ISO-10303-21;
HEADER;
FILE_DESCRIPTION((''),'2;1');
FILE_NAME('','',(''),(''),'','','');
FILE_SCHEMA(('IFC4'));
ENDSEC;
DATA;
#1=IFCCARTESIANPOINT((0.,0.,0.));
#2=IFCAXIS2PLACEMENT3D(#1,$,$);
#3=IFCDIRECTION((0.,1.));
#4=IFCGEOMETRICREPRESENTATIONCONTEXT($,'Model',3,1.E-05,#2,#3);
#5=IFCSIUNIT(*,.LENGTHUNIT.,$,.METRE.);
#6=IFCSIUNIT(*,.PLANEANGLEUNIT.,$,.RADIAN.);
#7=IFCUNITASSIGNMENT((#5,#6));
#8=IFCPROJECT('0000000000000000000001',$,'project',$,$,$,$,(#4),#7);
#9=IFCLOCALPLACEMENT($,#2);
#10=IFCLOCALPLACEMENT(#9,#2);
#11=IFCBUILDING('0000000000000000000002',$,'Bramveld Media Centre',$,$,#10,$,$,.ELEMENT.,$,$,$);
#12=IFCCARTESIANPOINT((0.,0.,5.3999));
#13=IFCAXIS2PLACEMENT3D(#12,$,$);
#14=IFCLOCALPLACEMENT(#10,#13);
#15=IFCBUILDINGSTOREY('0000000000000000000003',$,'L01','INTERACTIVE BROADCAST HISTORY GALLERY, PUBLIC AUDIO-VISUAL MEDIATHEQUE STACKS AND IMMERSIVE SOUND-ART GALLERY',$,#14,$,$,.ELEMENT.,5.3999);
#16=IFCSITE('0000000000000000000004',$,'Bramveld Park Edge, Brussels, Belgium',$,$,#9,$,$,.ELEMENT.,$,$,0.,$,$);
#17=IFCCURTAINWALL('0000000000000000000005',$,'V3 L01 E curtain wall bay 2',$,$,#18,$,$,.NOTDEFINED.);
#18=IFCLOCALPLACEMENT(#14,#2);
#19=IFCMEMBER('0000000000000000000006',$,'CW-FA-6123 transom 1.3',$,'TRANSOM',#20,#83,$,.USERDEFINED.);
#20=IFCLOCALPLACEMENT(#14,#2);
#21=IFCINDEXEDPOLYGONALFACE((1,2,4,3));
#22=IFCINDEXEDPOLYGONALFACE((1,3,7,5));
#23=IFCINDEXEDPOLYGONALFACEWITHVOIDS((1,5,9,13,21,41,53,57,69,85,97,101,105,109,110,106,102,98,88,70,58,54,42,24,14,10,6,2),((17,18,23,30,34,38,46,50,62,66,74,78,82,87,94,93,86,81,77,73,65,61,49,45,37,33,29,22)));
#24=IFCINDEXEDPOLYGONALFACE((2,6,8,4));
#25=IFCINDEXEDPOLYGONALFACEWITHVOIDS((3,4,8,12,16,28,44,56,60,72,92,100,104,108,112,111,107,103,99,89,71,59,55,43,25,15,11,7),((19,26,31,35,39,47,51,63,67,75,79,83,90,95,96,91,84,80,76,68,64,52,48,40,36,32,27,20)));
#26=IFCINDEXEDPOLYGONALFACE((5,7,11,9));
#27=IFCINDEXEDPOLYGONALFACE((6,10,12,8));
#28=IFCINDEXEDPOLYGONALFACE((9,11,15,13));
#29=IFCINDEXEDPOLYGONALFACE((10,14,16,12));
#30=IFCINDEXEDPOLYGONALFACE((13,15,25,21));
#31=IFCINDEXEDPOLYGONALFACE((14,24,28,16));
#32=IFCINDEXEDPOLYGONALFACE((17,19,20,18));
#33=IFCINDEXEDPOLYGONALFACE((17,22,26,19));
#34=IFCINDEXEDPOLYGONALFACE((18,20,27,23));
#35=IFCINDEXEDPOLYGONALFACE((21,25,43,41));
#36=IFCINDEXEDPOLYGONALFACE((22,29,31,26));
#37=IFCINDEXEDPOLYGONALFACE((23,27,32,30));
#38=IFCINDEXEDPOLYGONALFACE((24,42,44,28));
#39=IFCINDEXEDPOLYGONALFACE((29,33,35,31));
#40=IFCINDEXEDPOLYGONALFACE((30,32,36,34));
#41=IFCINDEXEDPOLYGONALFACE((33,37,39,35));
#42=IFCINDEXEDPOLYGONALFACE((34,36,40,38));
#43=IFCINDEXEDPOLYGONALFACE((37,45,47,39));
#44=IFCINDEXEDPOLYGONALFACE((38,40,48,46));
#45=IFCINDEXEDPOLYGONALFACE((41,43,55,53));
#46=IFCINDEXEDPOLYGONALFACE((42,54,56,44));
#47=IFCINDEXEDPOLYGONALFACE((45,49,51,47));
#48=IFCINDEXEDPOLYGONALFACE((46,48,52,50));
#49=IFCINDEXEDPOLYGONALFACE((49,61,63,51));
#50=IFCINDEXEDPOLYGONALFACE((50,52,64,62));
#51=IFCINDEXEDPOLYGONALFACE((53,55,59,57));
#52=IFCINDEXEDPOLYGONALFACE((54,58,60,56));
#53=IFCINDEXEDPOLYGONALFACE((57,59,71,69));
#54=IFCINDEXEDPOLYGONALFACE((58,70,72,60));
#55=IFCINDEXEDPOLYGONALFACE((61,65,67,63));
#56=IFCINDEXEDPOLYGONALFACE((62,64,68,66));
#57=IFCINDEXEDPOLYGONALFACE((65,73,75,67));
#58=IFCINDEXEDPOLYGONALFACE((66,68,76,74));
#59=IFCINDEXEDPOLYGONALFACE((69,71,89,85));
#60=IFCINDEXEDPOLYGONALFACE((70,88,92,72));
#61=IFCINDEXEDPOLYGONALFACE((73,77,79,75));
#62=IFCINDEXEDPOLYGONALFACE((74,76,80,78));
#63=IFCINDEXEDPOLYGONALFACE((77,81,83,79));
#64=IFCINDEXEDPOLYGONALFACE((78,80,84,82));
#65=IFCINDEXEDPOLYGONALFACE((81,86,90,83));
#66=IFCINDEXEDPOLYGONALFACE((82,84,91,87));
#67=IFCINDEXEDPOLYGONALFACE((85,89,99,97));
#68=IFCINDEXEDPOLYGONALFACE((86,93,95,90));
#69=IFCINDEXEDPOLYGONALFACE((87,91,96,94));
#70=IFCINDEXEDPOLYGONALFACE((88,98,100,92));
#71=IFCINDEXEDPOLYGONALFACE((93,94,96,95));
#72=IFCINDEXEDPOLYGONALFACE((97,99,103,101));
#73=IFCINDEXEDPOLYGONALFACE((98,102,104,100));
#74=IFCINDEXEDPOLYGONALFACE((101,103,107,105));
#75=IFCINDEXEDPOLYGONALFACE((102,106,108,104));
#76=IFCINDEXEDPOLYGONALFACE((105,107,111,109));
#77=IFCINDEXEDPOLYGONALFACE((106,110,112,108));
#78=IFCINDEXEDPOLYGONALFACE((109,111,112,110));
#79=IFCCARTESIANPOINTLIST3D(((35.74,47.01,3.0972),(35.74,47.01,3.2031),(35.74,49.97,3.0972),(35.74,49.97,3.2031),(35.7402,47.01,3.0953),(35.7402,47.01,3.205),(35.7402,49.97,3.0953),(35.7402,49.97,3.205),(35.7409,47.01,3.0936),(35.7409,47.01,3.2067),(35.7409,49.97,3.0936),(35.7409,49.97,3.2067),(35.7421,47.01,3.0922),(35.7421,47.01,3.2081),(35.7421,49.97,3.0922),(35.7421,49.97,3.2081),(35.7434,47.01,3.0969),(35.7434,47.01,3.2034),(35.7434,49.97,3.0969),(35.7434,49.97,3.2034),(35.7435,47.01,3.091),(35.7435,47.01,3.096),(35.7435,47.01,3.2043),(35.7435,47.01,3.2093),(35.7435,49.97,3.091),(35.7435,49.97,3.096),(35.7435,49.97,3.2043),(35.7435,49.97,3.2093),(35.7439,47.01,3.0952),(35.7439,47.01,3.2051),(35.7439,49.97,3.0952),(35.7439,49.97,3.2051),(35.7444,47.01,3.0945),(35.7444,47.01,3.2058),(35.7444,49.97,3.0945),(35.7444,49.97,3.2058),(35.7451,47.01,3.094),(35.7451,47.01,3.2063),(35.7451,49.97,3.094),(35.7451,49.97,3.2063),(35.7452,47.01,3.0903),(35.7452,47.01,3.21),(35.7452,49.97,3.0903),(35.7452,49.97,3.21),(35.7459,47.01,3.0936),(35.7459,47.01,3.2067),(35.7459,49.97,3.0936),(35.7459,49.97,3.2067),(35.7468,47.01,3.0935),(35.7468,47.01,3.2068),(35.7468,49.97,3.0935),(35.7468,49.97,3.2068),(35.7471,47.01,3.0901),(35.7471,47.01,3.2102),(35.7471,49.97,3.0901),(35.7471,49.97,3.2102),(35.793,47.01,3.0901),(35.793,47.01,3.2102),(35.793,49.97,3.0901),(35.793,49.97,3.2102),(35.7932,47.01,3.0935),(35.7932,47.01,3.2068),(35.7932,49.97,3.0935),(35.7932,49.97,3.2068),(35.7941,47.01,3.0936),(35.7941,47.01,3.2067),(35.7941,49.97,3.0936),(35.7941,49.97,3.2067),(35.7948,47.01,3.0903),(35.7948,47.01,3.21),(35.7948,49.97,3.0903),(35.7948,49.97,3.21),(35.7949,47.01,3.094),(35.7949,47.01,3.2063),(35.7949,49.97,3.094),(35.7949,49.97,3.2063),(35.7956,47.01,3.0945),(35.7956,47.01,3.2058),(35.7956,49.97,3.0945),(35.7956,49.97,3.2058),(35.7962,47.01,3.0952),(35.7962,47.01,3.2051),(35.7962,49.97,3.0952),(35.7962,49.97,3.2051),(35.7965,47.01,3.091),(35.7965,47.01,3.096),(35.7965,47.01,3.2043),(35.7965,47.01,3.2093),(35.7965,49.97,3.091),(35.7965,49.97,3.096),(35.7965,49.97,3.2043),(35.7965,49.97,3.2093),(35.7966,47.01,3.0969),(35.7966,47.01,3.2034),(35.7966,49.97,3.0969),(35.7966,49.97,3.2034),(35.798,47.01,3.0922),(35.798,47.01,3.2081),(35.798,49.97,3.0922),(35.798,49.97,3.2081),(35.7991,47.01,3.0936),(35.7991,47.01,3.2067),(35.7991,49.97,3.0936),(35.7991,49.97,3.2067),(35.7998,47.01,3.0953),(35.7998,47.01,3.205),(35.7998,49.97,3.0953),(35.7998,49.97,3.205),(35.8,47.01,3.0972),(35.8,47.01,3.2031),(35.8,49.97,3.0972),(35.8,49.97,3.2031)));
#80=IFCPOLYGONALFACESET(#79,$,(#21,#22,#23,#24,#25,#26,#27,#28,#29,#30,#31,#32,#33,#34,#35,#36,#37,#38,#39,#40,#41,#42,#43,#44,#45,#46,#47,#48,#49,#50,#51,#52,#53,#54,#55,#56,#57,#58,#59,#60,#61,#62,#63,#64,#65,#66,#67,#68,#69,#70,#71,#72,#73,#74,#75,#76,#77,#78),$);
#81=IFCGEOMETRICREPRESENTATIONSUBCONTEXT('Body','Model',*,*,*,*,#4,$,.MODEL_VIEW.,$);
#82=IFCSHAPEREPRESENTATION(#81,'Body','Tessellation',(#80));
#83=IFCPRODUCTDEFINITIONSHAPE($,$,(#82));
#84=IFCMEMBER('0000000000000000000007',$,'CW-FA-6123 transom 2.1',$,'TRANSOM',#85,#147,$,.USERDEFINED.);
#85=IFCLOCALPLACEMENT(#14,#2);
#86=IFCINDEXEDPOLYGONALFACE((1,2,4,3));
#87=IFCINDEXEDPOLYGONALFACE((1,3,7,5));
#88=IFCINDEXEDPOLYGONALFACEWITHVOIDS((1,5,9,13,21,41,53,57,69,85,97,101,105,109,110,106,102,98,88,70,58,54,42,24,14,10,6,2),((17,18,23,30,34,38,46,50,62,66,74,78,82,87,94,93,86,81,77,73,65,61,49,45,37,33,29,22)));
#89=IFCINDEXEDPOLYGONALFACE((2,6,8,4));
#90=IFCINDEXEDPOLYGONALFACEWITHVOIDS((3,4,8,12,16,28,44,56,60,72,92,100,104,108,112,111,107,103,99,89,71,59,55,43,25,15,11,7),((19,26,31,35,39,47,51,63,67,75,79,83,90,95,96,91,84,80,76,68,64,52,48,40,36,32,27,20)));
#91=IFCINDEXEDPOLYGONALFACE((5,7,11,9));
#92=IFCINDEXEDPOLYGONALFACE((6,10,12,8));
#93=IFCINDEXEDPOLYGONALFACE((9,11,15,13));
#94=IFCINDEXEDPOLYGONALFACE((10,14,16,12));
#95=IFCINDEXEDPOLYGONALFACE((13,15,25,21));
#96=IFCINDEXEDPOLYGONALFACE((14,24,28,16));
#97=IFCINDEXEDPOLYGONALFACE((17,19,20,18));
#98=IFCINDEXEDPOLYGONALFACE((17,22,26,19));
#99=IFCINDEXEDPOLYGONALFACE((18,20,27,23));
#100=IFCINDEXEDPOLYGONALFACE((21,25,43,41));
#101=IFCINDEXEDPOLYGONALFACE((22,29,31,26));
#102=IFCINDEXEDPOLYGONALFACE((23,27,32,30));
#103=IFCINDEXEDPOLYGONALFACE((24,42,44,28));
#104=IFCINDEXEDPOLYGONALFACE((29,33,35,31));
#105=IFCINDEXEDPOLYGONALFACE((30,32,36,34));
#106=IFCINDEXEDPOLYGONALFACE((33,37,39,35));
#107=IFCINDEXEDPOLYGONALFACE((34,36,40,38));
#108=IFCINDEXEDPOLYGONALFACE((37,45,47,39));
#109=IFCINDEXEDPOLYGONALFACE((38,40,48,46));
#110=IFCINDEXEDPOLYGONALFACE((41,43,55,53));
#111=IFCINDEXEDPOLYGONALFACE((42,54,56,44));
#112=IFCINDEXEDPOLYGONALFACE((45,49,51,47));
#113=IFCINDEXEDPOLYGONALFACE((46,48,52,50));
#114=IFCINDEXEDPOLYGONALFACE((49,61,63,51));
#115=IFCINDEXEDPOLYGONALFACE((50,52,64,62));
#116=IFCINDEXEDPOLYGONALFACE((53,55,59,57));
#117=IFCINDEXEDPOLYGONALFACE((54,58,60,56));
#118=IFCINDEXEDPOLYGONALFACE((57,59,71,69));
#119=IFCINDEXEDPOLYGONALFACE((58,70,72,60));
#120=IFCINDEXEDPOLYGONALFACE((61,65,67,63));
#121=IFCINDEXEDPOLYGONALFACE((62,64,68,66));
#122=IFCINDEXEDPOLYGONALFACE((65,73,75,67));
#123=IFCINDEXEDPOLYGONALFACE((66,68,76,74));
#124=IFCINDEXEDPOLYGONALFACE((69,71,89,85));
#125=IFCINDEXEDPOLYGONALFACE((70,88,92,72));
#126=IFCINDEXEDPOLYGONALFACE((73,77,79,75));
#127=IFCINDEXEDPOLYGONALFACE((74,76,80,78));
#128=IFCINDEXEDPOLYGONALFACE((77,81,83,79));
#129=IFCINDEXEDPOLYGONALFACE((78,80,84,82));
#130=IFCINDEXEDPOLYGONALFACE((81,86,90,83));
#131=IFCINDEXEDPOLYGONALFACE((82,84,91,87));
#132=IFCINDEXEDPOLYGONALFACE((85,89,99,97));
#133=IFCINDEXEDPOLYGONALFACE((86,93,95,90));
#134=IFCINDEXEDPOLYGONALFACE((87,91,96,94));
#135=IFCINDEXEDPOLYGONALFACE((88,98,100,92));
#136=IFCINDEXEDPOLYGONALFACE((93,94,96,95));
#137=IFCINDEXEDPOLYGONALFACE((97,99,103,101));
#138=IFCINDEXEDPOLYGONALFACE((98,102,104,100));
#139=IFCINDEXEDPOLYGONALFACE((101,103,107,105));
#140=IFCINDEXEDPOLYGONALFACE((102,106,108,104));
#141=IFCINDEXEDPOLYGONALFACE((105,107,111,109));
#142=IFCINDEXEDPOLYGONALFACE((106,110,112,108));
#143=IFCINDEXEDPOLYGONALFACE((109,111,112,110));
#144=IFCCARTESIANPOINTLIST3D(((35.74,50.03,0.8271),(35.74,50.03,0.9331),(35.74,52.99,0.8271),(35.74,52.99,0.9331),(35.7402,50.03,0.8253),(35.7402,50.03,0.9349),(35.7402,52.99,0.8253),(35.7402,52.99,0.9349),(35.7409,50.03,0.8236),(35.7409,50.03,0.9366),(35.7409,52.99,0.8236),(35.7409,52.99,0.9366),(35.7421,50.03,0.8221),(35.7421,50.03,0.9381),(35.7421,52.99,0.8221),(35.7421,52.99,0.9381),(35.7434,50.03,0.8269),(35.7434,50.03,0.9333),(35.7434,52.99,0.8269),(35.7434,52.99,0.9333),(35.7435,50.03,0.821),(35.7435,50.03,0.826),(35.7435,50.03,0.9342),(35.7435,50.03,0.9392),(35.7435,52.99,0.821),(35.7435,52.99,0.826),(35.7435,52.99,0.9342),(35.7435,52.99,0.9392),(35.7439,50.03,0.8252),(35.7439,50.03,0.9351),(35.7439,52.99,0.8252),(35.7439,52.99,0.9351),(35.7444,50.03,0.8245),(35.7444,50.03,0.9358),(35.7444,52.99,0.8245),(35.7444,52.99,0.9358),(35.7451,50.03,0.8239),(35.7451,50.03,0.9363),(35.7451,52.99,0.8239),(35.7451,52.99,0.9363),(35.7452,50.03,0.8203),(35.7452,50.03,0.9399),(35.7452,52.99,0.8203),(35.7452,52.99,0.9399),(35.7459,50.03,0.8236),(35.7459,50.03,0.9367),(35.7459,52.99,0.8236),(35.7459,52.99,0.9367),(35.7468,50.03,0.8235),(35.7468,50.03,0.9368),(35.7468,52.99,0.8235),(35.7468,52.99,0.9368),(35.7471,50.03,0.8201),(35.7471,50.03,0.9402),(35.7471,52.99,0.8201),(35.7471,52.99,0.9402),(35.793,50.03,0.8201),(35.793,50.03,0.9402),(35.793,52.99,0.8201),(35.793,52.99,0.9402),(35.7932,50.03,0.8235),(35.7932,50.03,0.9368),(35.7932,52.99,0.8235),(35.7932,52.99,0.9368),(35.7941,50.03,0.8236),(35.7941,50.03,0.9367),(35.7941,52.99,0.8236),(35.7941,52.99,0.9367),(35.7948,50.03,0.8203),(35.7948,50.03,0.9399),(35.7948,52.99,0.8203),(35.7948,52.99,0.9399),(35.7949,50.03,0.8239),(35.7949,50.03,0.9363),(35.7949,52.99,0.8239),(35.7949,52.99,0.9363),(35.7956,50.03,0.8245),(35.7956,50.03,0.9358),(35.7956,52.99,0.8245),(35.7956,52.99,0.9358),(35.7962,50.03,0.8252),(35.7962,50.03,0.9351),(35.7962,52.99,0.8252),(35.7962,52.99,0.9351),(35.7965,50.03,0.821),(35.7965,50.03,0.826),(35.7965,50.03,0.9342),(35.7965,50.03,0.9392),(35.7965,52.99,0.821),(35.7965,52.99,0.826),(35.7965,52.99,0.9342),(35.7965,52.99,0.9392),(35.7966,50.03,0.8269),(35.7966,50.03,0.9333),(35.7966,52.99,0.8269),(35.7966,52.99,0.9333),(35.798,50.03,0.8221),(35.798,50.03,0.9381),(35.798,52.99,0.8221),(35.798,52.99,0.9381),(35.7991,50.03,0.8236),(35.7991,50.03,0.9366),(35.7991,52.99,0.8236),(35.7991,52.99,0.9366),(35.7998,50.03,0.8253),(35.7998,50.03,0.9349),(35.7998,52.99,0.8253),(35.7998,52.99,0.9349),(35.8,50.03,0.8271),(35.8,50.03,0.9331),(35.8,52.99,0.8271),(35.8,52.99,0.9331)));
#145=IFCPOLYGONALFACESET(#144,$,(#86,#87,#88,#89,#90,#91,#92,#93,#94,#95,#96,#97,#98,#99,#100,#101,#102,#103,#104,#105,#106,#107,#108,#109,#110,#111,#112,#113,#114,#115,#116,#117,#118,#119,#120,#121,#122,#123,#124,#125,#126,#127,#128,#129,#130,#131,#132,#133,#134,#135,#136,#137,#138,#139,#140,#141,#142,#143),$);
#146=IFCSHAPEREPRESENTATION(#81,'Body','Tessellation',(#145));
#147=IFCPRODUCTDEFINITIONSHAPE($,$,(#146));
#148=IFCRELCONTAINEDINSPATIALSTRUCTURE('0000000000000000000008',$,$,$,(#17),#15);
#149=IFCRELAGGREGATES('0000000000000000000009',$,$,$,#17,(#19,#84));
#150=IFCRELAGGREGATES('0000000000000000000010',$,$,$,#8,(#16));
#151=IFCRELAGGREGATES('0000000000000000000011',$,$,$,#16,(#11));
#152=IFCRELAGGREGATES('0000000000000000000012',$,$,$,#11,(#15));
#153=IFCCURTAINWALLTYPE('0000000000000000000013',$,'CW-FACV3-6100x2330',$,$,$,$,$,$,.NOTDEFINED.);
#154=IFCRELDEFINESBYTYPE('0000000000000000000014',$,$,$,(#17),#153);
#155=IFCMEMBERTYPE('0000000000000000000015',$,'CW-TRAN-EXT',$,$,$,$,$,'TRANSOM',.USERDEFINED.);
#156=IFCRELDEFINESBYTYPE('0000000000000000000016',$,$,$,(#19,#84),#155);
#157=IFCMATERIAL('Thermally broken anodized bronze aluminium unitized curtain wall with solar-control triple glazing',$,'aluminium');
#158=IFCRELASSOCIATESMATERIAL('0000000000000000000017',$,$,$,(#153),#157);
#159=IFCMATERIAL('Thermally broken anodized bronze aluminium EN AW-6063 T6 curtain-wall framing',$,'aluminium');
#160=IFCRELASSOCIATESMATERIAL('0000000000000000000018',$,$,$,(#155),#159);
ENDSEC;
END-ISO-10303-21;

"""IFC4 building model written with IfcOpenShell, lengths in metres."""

from ifc_helpers import new_model, si_unit, direction, frame, origin, origin_2d, place, context, subcontext, project, spatial, hollow_rectangle, extrude, material, material_profile, profile_set, type_object, element, aggregate, save


model = new_model("IFC4")

# Units and contexts
model_context = context("Model", 3, precision=1e-05, world=origin(), true_north=direction((0.0, 1.0)))
body_context = subcontext(model_context, "Body", "Model", "MODEL_VIEW")
ifc_project = project(units=[si_unit("LENGTHUNIT", "METRE"), si_unit("PLANEANGLEUNIT", "RADIAN")], contexts=[model_context])

# Site, building, storey
site_placement = place(None, origin())
site = spatial("IfcSite", under=ifc_project, at=site_placement, Name="Bramveld Park Edge, Brussels, Belgium", CompositionType="ELEMENT", RefElevation=0.0)
building_placement = place(site_placement, origin())
building = spatial("IfcBuilding", under=site, at=building_placement, Name="Bramveld Media Centre", CompositionType="ELEMENT")
storey_placement = place(building_placement, frame((0.0, 0.0, 5.3999)))
storey = spatial("IfcBuildingStorey", under=building, at=storey_placement, Name="L01", Description="INTERACTIVE BROADCAST HISTORY GALLERY, PUBLIC AUDIO-VISUAL MEDIATHEQUE STACKS AND IMMERSIVE SOUND-ART GALLERY", CompositionType="ELEMENT", Elevation=5.3999)

# Curtain wall
ifc_material_1 = material(Name="Thermally broken anodized bronze aluminium unitized curtain wall with solar-control triple glazing", Category="aluminium")
curtain_wall_type = type_object("IfcCurtainWallType", Name="CW-FACV3-6100x2330", PredefinedType="NOTDEFINED", material=ifc_material_1)
curtain_wall_1_placement = place(storey_placement, origin())
curtain_wall_1 = element("IfcCurtainWall", 1, at=curtain_wall_1_placement, inside=storey, type_object=curtain_wall_type, Name="V3 L01 E curtain wall bay 2", PredefinedType="NOTDEFINED")

# Members
ifc_material_2 = material(Name="Thermally broken anodized bronze aluminium EN AW-6063 T6 curtain-wall framing", Category="aluminium")
ifc_material_profile_1 = material_profile(ifc_material_2, hollow_rectangle(XDim=0.0601, YDim=0.1201, WallThickness=0.0034, InnerFilletRadius=0.0034, OuterFilletRadius=0.0071, at=origin_2d()), Name="AL-TRAN 60x120")
ifc_profile_set_1 = profile_set([ifc_material_profile_1], Name="Thermally broken anodized bronze aluminium EN AW-6063 T6 curtain-wall framing")
member_type_1 = type_object("IfcMemberType", Name="CW-TRAN-EXT", ElementType="TRANSOM", PredefinedType="USERDEFINED", material=ifc_profile_set_1)
member_1_placement = place(storey_placement, frame((35.77, 47.01, 3.1501), z_axis=(0.0, 1.0, 0.0), x_axis=(-1.0, 0.0, 0.0)))
member_1 = element("IfcMember", 2, at=member_1_placement, type_object=member_type_1, Name="CW-FA-6123 transom 1.3", ObjectType="TRANSOM", PredefinedType="USERDEFINED", context=body_context, shape_type="SweptSolid", body=[
    extrude(hollow_rectangle(XDim=0.0601, YDim=0.1201, WallThickness=0.0034, InnerFilletRadius=0.0034, OuterFilletRadius=0.0071, at=origin_2d()), origin(), (0.0, 0.0, 1.0), 2.96),
])
member_2_placement = place(storey_placement, frame((35.77, 50.03, 0.8801), z_axis=(0.0, 1.0, 0.0), x_axis=(-1.0, 0.0, 0.0)))
member_2 = element("IfcMember", 3, at=member_2_placement, type_object=member_type_1, Name="CW-FA-6123 transom 2.1", ObjectType="TRANSOM", PredefinedType="USERDEFINED", context=body_context, shape_type="SweptSolid", body=[
    extrude(hollow_rectangle(XDim=0.0601, YDim=0.1201, WallThickness=0.0034, InnerFilletRadius=0.0034, OuterFilletRadius=0.0071, at=origin_2d()), origin(), (0.0, 0.0, 1.0), 2.96),
])

aggregate(curtain_wall_1, [member_1, member_2])

save(model, "model.ifc")
